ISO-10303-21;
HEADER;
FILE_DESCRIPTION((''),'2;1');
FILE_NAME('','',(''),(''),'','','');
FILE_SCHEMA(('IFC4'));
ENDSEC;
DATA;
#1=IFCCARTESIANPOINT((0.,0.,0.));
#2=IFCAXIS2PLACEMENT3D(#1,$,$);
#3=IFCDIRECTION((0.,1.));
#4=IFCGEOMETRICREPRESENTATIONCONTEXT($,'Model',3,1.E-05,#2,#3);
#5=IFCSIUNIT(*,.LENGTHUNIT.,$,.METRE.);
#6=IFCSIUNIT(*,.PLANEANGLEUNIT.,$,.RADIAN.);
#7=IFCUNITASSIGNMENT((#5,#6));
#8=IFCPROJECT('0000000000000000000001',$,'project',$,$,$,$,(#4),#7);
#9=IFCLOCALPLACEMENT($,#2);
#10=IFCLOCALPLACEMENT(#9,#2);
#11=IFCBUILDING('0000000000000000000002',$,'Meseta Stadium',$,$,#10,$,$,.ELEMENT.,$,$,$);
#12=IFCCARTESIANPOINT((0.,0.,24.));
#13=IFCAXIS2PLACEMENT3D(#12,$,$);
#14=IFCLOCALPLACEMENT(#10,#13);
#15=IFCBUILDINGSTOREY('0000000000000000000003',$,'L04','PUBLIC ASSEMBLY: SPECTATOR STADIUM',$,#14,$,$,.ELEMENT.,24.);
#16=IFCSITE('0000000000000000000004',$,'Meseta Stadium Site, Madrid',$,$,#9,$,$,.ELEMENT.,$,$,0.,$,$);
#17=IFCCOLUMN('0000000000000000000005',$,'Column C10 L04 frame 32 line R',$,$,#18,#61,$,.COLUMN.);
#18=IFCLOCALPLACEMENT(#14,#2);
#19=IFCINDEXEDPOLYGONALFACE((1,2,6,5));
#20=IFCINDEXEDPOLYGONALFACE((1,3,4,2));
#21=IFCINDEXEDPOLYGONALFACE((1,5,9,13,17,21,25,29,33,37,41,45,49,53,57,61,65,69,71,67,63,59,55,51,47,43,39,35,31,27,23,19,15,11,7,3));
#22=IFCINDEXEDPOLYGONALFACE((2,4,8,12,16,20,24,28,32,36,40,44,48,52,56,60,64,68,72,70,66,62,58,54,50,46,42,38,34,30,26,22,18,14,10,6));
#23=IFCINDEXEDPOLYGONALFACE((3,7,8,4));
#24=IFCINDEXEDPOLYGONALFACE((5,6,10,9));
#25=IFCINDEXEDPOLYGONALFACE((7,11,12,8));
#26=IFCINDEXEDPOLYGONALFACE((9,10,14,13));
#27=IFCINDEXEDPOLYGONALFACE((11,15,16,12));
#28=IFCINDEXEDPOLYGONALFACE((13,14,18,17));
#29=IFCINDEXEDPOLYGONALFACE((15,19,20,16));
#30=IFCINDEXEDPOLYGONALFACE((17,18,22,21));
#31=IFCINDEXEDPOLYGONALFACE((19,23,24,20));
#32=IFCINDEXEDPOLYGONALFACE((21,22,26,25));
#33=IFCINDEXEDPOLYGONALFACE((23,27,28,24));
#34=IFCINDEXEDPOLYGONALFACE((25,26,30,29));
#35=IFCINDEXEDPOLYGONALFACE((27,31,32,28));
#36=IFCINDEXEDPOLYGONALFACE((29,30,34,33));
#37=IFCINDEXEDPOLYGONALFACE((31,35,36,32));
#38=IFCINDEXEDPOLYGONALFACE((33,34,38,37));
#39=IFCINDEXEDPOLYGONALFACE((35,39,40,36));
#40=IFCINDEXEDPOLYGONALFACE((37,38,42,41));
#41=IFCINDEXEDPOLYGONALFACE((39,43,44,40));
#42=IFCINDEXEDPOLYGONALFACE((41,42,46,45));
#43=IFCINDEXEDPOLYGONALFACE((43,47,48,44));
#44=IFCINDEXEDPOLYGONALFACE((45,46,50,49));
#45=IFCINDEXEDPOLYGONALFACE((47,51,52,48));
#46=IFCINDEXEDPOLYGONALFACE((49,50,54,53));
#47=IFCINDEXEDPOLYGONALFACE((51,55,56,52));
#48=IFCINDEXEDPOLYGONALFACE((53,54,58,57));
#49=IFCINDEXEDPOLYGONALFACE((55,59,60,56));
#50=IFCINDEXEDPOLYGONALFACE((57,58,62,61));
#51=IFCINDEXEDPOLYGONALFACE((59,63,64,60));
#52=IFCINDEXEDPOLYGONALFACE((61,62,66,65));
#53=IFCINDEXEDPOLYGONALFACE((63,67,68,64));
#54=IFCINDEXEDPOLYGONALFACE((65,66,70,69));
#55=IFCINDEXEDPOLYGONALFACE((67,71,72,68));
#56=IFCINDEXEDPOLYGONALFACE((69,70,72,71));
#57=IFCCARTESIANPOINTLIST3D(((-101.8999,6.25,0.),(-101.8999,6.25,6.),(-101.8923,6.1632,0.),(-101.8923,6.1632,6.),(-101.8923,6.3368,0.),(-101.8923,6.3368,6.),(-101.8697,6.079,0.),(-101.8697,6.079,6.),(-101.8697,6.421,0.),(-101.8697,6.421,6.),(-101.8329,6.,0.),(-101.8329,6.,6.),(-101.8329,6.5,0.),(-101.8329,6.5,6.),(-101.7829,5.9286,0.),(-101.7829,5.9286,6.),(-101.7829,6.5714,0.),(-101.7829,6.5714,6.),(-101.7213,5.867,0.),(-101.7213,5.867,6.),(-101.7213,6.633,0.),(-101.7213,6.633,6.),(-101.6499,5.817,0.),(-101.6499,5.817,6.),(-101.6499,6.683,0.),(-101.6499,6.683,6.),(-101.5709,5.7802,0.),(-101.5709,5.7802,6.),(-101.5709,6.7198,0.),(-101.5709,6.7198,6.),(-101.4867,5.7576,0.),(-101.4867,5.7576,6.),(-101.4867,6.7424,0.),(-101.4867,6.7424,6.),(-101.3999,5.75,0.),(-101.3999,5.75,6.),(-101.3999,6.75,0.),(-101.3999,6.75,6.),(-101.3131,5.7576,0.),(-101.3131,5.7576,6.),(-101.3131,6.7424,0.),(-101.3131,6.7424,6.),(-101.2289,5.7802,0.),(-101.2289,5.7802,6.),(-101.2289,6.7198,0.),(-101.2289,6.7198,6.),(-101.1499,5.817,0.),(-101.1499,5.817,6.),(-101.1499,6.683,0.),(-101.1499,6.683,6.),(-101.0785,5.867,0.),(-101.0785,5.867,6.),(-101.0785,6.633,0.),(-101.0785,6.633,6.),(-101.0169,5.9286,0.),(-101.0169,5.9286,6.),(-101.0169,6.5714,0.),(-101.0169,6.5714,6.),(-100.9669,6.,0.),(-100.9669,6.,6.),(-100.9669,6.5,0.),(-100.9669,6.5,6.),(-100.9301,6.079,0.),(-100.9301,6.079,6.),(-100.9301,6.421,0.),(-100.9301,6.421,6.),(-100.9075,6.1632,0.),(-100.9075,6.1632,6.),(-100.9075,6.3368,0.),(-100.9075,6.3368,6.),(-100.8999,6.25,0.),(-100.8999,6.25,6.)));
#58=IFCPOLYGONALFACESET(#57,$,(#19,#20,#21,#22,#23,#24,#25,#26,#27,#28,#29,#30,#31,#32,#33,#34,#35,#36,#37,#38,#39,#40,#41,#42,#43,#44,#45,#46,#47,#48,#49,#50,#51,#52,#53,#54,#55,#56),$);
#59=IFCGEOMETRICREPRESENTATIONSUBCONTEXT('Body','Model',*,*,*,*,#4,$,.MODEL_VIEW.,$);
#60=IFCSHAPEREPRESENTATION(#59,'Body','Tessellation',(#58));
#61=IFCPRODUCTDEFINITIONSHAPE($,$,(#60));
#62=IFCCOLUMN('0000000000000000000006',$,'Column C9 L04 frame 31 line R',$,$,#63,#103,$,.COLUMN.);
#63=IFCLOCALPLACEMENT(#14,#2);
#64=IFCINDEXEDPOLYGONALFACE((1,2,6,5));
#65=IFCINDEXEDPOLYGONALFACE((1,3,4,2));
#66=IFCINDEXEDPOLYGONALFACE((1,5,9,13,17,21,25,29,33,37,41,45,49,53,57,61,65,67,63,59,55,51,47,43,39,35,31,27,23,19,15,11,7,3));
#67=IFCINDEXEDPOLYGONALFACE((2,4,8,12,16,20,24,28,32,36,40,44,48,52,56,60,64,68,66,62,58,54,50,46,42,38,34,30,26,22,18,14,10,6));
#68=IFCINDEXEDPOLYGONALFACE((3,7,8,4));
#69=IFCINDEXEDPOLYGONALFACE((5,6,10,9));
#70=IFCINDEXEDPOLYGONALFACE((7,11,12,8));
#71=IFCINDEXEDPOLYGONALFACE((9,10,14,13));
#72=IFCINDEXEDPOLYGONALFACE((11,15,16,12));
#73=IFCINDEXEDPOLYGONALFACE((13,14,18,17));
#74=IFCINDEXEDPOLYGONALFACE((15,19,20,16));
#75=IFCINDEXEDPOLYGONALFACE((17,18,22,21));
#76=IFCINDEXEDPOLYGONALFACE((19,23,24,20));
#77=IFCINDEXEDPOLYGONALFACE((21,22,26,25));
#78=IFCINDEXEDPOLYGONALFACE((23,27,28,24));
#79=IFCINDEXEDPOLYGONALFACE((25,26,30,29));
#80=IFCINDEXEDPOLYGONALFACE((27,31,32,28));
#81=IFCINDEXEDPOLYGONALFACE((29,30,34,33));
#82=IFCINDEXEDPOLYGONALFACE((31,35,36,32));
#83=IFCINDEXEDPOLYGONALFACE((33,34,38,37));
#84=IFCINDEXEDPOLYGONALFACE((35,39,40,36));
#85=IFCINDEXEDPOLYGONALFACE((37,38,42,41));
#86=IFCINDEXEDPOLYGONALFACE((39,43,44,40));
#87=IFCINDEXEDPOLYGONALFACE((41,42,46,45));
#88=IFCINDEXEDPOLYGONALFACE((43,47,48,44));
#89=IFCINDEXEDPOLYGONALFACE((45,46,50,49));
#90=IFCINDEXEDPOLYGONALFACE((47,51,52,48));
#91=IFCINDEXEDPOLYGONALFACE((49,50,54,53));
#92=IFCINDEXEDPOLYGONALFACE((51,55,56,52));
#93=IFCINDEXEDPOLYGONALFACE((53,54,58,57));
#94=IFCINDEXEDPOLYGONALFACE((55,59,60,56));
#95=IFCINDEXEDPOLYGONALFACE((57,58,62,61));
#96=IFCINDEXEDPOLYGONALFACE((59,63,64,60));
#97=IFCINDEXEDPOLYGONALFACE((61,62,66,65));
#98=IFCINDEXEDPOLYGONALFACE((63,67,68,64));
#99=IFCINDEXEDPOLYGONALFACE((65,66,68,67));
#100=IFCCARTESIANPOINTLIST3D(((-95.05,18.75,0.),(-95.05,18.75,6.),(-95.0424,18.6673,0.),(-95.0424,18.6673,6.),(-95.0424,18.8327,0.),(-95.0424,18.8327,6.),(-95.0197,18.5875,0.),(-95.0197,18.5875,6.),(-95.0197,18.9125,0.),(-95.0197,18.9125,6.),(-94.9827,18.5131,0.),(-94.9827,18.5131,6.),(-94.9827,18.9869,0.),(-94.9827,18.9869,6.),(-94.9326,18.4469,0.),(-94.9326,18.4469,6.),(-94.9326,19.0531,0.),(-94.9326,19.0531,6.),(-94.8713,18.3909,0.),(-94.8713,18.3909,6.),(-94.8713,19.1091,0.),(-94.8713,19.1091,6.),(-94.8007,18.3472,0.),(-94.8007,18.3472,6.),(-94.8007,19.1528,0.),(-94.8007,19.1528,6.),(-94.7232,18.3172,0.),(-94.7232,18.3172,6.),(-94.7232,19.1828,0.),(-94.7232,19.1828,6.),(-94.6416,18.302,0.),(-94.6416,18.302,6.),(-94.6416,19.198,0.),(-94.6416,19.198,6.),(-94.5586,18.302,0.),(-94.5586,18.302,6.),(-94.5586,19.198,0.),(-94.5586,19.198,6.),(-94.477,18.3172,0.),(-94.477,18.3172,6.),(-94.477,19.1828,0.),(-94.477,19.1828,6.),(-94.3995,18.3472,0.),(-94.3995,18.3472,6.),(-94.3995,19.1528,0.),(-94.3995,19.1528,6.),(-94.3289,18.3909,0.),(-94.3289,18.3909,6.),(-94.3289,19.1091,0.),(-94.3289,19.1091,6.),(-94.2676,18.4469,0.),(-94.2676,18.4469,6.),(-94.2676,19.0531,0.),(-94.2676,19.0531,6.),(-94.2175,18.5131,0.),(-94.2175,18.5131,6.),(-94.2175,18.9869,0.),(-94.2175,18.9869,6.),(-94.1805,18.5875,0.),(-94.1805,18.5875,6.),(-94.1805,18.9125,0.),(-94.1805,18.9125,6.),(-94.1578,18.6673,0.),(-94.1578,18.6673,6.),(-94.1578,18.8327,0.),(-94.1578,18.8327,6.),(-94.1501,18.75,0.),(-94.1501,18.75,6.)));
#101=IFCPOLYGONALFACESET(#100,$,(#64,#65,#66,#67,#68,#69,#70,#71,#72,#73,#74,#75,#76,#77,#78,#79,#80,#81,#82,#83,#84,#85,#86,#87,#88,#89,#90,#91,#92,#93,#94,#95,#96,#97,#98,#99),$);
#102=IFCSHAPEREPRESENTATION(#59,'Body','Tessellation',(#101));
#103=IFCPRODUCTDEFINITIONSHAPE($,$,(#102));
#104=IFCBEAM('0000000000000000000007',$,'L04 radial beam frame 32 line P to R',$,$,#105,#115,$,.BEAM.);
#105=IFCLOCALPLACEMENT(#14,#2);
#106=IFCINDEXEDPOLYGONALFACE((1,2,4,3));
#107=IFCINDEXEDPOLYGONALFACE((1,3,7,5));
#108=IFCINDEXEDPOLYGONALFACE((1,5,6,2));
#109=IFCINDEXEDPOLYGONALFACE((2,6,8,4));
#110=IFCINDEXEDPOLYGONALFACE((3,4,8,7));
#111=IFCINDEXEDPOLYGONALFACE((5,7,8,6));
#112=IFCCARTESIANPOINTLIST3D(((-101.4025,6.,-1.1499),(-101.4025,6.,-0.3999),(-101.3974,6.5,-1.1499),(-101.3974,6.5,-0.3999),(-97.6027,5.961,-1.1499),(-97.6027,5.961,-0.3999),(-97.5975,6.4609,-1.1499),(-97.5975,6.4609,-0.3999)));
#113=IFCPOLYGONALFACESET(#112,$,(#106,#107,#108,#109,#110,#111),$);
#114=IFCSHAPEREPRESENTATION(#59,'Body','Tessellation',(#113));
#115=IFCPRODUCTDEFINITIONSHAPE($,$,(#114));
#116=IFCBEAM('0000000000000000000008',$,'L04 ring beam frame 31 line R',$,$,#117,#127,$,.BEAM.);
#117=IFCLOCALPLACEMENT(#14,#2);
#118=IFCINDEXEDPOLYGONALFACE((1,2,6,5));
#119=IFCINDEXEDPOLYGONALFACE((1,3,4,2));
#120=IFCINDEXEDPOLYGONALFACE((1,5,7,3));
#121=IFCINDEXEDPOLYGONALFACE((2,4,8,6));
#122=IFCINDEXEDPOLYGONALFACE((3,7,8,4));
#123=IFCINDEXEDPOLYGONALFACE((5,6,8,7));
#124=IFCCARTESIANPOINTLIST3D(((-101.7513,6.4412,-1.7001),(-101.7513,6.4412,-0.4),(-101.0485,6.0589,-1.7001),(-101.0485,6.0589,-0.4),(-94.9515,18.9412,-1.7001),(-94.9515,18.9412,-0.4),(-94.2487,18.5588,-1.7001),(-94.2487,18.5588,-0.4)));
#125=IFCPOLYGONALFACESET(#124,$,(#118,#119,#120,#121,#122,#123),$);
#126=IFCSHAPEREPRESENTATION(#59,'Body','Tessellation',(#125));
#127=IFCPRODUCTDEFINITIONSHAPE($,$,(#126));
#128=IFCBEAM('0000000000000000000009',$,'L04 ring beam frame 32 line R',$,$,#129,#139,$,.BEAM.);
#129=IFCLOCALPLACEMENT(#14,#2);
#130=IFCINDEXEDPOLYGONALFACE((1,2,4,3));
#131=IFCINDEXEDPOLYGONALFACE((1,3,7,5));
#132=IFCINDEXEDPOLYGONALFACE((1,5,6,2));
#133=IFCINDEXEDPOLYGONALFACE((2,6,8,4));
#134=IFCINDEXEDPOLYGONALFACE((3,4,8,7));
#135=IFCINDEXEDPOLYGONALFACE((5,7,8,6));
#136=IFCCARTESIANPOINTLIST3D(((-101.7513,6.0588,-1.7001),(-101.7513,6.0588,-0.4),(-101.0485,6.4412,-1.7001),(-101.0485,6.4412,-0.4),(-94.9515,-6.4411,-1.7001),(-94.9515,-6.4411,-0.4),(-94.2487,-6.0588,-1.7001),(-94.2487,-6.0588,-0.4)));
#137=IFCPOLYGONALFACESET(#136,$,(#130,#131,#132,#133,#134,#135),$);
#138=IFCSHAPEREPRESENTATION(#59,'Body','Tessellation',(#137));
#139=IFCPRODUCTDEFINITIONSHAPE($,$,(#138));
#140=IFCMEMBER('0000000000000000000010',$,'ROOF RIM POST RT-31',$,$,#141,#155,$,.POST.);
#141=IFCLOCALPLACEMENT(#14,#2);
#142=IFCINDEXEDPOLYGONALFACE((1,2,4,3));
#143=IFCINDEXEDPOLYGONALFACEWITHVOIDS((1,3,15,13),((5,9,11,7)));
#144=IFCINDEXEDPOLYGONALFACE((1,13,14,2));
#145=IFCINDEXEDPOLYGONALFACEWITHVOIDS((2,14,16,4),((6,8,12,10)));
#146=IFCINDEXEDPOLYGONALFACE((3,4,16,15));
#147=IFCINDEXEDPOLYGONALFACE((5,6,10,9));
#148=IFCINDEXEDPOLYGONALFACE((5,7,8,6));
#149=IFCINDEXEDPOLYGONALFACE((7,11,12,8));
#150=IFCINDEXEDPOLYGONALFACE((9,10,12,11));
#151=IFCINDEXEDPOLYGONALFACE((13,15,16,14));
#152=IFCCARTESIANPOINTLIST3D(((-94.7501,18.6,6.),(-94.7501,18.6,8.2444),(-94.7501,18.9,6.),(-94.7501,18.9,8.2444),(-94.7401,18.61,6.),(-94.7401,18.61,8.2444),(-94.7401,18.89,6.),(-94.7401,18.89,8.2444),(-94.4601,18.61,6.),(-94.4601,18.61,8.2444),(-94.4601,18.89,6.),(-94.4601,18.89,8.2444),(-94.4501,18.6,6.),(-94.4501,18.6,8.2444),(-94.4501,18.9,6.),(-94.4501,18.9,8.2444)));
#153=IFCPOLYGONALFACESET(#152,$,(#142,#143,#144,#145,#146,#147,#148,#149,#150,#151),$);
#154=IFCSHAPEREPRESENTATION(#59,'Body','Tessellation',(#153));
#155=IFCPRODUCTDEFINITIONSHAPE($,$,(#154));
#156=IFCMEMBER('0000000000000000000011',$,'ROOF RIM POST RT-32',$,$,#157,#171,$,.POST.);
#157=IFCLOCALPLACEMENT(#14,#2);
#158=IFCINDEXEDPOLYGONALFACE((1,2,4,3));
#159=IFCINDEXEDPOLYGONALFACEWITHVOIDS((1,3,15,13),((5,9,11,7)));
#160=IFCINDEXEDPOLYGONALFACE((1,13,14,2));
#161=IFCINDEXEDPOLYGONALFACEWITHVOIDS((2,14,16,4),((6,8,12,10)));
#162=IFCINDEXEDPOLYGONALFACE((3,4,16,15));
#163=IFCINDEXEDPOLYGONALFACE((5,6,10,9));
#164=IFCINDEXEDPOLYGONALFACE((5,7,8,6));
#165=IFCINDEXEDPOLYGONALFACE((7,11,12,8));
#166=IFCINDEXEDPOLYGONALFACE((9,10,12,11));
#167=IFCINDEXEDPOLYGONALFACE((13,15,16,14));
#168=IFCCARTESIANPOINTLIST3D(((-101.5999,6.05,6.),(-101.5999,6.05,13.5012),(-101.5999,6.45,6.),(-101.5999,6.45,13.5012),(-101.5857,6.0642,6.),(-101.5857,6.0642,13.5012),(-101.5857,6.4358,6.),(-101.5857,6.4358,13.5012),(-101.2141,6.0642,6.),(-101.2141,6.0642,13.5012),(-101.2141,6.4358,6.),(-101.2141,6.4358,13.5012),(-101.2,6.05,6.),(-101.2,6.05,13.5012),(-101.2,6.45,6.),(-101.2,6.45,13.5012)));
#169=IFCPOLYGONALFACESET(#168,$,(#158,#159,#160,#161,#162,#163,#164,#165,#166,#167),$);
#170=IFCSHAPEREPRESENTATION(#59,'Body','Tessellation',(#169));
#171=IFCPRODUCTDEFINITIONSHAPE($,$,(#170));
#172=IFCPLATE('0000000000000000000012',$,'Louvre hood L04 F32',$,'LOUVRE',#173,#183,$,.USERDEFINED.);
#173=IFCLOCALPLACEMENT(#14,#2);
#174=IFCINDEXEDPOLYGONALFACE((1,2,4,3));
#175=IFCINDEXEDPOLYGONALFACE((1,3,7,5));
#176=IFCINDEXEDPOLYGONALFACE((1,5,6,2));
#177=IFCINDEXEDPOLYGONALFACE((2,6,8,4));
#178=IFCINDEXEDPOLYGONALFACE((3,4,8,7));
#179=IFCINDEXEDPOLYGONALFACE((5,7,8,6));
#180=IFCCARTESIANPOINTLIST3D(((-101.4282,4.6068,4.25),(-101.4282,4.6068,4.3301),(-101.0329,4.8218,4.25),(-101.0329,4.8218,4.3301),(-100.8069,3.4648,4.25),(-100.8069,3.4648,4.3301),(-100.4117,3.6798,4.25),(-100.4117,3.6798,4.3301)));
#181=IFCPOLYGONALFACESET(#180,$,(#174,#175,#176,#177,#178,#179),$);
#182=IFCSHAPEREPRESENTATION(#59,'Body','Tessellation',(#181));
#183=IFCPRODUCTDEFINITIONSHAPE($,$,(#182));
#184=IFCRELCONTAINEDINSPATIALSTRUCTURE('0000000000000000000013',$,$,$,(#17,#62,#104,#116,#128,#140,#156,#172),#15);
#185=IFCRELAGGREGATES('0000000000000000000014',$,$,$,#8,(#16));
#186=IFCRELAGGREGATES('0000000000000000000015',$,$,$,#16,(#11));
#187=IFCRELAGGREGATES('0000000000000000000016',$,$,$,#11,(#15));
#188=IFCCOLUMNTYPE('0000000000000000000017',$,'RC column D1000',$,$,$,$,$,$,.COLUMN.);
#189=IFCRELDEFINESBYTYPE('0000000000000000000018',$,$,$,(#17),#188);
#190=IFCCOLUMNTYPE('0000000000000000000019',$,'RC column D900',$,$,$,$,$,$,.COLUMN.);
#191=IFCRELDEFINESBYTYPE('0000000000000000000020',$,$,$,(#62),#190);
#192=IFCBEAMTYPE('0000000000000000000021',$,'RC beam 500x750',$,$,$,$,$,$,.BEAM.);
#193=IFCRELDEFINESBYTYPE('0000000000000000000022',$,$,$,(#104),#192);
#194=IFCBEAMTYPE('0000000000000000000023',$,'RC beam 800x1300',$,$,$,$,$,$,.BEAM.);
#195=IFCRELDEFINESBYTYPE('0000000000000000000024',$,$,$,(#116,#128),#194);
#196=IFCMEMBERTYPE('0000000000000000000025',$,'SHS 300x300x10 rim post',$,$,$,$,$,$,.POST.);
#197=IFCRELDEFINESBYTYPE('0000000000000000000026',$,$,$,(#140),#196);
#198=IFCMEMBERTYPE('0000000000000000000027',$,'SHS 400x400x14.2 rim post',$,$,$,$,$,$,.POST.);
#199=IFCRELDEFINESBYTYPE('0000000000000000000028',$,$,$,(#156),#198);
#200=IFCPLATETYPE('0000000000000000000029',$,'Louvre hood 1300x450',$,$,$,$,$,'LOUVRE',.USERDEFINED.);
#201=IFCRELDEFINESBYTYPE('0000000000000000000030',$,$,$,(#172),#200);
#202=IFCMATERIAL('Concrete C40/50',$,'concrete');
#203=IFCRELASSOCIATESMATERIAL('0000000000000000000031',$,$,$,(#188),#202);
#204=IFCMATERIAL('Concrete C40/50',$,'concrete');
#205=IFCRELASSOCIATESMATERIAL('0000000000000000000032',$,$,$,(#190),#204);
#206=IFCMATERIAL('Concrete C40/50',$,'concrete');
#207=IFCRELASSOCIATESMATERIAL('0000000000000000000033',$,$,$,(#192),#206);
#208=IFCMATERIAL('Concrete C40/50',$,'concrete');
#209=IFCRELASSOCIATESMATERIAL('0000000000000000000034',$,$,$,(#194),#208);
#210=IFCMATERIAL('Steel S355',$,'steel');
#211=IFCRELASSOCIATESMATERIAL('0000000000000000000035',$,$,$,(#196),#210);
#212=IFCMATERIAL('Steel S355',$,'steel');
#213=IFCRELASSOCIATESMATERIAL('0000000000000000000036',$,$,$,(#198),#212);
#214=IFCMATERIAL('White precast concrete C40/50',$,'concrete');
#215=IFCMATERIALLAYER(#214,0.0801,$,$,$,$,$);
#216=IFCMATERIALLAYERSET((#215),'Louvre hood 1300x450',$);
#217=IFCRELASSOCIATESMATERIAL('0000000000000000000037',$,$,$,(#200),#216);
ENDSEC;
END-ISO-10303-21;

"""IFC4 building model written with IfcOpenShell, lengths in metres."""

from ifc_helpers import new_model, si_unit, direction, frame, origin, origin_2d, place, context, subcontext, project, spatial, rectangle, hollow_rectangle, circle, extrude, material, layer, layer_set, material_profile, profile_set, type_object, element, save


model = new_model("IFC4")

# Units and contexts
model_context = context("Model", 3, precision=1e-05, world=origin(), true_north=direction((0.0, 1.0)))
body_context = subcontext(model_context, "Body", "Model", "MODEL_VIEW")
ifc_project = project(units=[si_unit("LENGTHUNIT", "METRE"), si_unit("PLANEANGLEUNIT", "RADIAN")], contexts=[model_context])

# Site, building, storey
site_placement = place(None, origin())
site = spatial("IfcSite", under=ifc_project, at=site_placement, Name="Meseta Stadium Site, Madrid", CompositionType="ELEMENT", RefElevation=0.0)
building_placement = place(site_placement, origin())
building = spatial("IfcBuilding", under=site, at=building_placement, Name="Meseta Stadium", CompositionType="ELEMENT")
storey_placement = place(building_placement, frame((0.0, 0.0, 24.0)))
storey = spatial("IfcBuildingStorey", under=building, at=storey_placement, Name="L04", Description="PUBLIC ASSEMBLY: SPECTATOR STADIUM", CompositionType="ELEMENT", Elevation=24.0)

# Columns
ifc_material_1 = material(Name="Concrete C40/50", Category="concrete")
ifc_material_profile_1 = material_profile(ifc_material_1, circle(Radius=0.5, at=origin_2d()), Name="RC D1000")
ifc_profile_set_1 = profile_set([ifc_material_profile_1], Name="Concrete C40/50")
column_type_1 = type_object("IfcColumnType", Name="RC column D1000", PredefinedType="COLUMN", material=ifc_profile_set_1)
column_1_placement = place(storey_placement, frame((-101.3999, 6.25, 0.0), z_axis=(0.0, 0.0, 1.0), x_axis=(1.0, 0.0, 0.0)))
element("IfcColumn", 1, at=column_1_placement, inside=storey, type_object=column_type_1, Name="Column C10 L04 frame 32 line R", PredefinedType="COLUMN", context=body_context, shape_type="SweptSolid", body=[
    extrude(circle(Radius=0.5, at=origin_2d()), origin(), (0.0, 0.0, 1.0), 6.0),
])
ifc_material_2 = material(Name="Concrete C40/50", Category="concrete")
ifc_material_profile_2 = material_profile(ifc_material_2, circle(Radius=0.45, at=origin_2d()), Name="RC D900")
ifc_profile_set_2 = profile_set([ifc_material_profile_2], Name="Concrete C40/50")
column_type_2 = type_object("IfcColumnType", Name="RC column D900", PredefinedType="COLUMN", material=ifc_profile_set_2)
column_2_placement = place(storey_placement, frame((-94.6001, 18.75, 0.0), z_axis=(0.0, 0.0, 1.0), x_axis=(1.0, 0.0, 0.0)))
element("IfcColumn", 2, at=column_2_placement, inside=storey, type_object=column_type_2, Name="Column C9 L04 frame 31 line R", PredefinedType="COLUMN", context=body_context, shape_type="SweptSolid", body=[
    extrude(circle(Radius=0.45, at=origin_2d()), origin(), (0.0, 0.0, 1.0), 6.0),
])

# Beams
ifc_material_3 = material(Name="Concrete C40/50", Category="concrete")
ifc_material_profile_3 = material_profile(ifc_material_3, rectangle(XDim=0.5, YDim=0.75, at=origin_2d()), Name="RC 500x750")
ifc_profile_set_3 = profile_set([ifc_material_profile_3], Name="Concrete C40/50")
beam_type_1 = type_object("IfcBeamType", Name="RC beam 500x750", PredefinedType="BEAM", material=ifc_profile_set_3)
beam_placement = place(storey_placement, frame((-97.6001, 6.2109, -0.7749), z_axis=(-0.999947, 0.01028, 0.0), x_axis=(-0.01028, -0.999947, 0.0)))
element("IfcBeam", 3, at=beam_placement, inside=storey, type_object=beam_type_1, Name="L04 radial beam frame 32 line P to R", PredefinedType="BEAM", context=body_context, shape_type="SweptSolid", body=[
    extrude(rectangle(XDim=0.5, YDim=0.75, at=origin_2d()), origin(), (0.0, 0.0, 1.0), 3.8),
])
ifc_material_4 = material(Name="Concrete C40/50", Category="concrete")
ifc_material_profile_4 = material_profile(ifc_material_4, rectangle(XDim=0.8, YDim=1.3, at=origin_2d()), Name="RC 800x1300")
ifc_profile_set_4 = profile_set([ifc_material_profile_4], Name="Concrete C40/50")
beam_type_2 = type_object("IfcBeamType", Name="RC beam 800x1300", PredefinedType="BEAM", material=ifc_profile_set_4)
for number, where, z_axis, x_axis, name in (
    (4, (-94.6001, 18.75, -1.05), (-0.477856, -0.878438, 0.0), (0.878438, -0.477856, 0.0), "L04 ring beam frame 31 line R"),
    (5, (-101.3999, 6.25, -1.05), (0.477856, -0.878438, 0.0), (0.878438, 0.477856, 0.0), "L04 ring beam frame 32 line R"),
):
    element("IfcBeam", number, at=place(storey_placement, frame(where, z_axis=z_axis, x_axis=x_axis)), inside=storey, type_object=beam_type_2, Name=name, PredefinedType="BEAM", context=body_context, shape_type="SweptSolid", body=[
        extrude(rectangle(XDim=0.8, YDim=1.3, at=origin_2d()), origin(), (0.0, 0.0, 1.0), 14.2297),
    ])

# Members
ifc_material_5 = material(Name="Steel S355", Category="steel")
ifc_material_profile_5 = material_profile(ifc_material_5, hollow_rectangle(XDim=0.3, YDim=0.3, WallThickness=0.01, at=origin_2d()), Name="SHS 300x300x10")
ifc_profile_set_5 = profile_set([ifc_material_profile_5], Name="Steel S355")
member_type_1 = type_object("IfcMemberType", Name="SHS 300x300x10 rim post", PredefinedType="POST", material=ifc_profile_set_5)
member_1_placement = place(storey_placement, frame((-94.6001, 18.75, 6.0), z_axis=(0.0, 0.0, 1.0), x_axis=(1.0, 0.0, 0.0)))
element("IfcMember", 6, at=member_1_placement, inside=storey, type_object=member_type_1, Name="ROOF RIM POST RT-31", PredefinedType="POST", context=body_context, shape_type="SweptSolid", body=[
    extrude(hollow_rectangle(XDim=0.3, YDim=0.3, WallThickness=0.01, at=origin_2d()), origin(), (0.0, 0.0, 1.0), 2.2444),
])
ifc_material_6 = material(Name="Steel S355", Category="steel")
ifc_material_profile_6 = material_profile(ifc_material_6, hollow_rectangle(XDim=0.3999, YDim=0.3999, WallThickness=0.0142, at=origin_2d()), Name="SHS 400x400x14.2")
ifc_profile_set_6 = profile_set([ifc_material_profile_6], Name="Steel S355")
member_type_2 = type_object("IfcMemberType", Name="SHS 400x400x14.2 rim post", PredefinedType="POST", material=ifc_profile_set_6)
member_2_placement = place(storey_placement, frame((-101.3999, 6.25, 6.0), z_axis=(0.0, 0.0, 1.0), x_axis=(1.0, 0.0, 0.0)))
element("IfcMember", 7, at=member_2_placement, inside=storey, type_object=member_type_2, Name="ROOF RIM POST RT-32", PredefinedType="POST", context=body_context, shape_type="SweptSolid", body=[
    extrude(hollow_rectangle(XDim=0.3999, YDim=0.3999, WallThickness=0.0142, at=origin_2d()), origin(), (0.0, 0.0, 1.0), 7.5012),
])

# Plate
ifc_material_7 = material(Name="White precast concrete C40/50", Category="concrete")
ifc_layer_1 = layer(ifc_material_7, 0.0801)
ifc_layer_set_1 = layer_set([ifc_layer_1], Name="Louvre hood 1300x450")
plate_type = type_object("IfcPlateType", Name="Louvre hood 1300x450", ElementType="LOUVRE", PredefinedType="USERDEFINED", material=ifc_layer_set_1)
plate_placement = place(storey_placement, frame((-100.9199, 4.1433, 4.25), z_axis=(0.0, 0.0, 1.0), x_axis=(0.477867, -0.878432, 0.0)))
element("IfcPlate", 8, at=plate_placement, inside=storey, type_object=plate_type, Name="Louvre hood L04 F32", ObjectType="LOUVRE", PredefinedType="USERDEFINED", context=body_context, shape_type="SweptSolid", body=[
    extrude(rectangle(XDim=1.3, YDim=0.45, at=origin_2d()), origin(), (0.0, 0.0, 1.0), 0.0801),
])

save(model, "model.ifc")
